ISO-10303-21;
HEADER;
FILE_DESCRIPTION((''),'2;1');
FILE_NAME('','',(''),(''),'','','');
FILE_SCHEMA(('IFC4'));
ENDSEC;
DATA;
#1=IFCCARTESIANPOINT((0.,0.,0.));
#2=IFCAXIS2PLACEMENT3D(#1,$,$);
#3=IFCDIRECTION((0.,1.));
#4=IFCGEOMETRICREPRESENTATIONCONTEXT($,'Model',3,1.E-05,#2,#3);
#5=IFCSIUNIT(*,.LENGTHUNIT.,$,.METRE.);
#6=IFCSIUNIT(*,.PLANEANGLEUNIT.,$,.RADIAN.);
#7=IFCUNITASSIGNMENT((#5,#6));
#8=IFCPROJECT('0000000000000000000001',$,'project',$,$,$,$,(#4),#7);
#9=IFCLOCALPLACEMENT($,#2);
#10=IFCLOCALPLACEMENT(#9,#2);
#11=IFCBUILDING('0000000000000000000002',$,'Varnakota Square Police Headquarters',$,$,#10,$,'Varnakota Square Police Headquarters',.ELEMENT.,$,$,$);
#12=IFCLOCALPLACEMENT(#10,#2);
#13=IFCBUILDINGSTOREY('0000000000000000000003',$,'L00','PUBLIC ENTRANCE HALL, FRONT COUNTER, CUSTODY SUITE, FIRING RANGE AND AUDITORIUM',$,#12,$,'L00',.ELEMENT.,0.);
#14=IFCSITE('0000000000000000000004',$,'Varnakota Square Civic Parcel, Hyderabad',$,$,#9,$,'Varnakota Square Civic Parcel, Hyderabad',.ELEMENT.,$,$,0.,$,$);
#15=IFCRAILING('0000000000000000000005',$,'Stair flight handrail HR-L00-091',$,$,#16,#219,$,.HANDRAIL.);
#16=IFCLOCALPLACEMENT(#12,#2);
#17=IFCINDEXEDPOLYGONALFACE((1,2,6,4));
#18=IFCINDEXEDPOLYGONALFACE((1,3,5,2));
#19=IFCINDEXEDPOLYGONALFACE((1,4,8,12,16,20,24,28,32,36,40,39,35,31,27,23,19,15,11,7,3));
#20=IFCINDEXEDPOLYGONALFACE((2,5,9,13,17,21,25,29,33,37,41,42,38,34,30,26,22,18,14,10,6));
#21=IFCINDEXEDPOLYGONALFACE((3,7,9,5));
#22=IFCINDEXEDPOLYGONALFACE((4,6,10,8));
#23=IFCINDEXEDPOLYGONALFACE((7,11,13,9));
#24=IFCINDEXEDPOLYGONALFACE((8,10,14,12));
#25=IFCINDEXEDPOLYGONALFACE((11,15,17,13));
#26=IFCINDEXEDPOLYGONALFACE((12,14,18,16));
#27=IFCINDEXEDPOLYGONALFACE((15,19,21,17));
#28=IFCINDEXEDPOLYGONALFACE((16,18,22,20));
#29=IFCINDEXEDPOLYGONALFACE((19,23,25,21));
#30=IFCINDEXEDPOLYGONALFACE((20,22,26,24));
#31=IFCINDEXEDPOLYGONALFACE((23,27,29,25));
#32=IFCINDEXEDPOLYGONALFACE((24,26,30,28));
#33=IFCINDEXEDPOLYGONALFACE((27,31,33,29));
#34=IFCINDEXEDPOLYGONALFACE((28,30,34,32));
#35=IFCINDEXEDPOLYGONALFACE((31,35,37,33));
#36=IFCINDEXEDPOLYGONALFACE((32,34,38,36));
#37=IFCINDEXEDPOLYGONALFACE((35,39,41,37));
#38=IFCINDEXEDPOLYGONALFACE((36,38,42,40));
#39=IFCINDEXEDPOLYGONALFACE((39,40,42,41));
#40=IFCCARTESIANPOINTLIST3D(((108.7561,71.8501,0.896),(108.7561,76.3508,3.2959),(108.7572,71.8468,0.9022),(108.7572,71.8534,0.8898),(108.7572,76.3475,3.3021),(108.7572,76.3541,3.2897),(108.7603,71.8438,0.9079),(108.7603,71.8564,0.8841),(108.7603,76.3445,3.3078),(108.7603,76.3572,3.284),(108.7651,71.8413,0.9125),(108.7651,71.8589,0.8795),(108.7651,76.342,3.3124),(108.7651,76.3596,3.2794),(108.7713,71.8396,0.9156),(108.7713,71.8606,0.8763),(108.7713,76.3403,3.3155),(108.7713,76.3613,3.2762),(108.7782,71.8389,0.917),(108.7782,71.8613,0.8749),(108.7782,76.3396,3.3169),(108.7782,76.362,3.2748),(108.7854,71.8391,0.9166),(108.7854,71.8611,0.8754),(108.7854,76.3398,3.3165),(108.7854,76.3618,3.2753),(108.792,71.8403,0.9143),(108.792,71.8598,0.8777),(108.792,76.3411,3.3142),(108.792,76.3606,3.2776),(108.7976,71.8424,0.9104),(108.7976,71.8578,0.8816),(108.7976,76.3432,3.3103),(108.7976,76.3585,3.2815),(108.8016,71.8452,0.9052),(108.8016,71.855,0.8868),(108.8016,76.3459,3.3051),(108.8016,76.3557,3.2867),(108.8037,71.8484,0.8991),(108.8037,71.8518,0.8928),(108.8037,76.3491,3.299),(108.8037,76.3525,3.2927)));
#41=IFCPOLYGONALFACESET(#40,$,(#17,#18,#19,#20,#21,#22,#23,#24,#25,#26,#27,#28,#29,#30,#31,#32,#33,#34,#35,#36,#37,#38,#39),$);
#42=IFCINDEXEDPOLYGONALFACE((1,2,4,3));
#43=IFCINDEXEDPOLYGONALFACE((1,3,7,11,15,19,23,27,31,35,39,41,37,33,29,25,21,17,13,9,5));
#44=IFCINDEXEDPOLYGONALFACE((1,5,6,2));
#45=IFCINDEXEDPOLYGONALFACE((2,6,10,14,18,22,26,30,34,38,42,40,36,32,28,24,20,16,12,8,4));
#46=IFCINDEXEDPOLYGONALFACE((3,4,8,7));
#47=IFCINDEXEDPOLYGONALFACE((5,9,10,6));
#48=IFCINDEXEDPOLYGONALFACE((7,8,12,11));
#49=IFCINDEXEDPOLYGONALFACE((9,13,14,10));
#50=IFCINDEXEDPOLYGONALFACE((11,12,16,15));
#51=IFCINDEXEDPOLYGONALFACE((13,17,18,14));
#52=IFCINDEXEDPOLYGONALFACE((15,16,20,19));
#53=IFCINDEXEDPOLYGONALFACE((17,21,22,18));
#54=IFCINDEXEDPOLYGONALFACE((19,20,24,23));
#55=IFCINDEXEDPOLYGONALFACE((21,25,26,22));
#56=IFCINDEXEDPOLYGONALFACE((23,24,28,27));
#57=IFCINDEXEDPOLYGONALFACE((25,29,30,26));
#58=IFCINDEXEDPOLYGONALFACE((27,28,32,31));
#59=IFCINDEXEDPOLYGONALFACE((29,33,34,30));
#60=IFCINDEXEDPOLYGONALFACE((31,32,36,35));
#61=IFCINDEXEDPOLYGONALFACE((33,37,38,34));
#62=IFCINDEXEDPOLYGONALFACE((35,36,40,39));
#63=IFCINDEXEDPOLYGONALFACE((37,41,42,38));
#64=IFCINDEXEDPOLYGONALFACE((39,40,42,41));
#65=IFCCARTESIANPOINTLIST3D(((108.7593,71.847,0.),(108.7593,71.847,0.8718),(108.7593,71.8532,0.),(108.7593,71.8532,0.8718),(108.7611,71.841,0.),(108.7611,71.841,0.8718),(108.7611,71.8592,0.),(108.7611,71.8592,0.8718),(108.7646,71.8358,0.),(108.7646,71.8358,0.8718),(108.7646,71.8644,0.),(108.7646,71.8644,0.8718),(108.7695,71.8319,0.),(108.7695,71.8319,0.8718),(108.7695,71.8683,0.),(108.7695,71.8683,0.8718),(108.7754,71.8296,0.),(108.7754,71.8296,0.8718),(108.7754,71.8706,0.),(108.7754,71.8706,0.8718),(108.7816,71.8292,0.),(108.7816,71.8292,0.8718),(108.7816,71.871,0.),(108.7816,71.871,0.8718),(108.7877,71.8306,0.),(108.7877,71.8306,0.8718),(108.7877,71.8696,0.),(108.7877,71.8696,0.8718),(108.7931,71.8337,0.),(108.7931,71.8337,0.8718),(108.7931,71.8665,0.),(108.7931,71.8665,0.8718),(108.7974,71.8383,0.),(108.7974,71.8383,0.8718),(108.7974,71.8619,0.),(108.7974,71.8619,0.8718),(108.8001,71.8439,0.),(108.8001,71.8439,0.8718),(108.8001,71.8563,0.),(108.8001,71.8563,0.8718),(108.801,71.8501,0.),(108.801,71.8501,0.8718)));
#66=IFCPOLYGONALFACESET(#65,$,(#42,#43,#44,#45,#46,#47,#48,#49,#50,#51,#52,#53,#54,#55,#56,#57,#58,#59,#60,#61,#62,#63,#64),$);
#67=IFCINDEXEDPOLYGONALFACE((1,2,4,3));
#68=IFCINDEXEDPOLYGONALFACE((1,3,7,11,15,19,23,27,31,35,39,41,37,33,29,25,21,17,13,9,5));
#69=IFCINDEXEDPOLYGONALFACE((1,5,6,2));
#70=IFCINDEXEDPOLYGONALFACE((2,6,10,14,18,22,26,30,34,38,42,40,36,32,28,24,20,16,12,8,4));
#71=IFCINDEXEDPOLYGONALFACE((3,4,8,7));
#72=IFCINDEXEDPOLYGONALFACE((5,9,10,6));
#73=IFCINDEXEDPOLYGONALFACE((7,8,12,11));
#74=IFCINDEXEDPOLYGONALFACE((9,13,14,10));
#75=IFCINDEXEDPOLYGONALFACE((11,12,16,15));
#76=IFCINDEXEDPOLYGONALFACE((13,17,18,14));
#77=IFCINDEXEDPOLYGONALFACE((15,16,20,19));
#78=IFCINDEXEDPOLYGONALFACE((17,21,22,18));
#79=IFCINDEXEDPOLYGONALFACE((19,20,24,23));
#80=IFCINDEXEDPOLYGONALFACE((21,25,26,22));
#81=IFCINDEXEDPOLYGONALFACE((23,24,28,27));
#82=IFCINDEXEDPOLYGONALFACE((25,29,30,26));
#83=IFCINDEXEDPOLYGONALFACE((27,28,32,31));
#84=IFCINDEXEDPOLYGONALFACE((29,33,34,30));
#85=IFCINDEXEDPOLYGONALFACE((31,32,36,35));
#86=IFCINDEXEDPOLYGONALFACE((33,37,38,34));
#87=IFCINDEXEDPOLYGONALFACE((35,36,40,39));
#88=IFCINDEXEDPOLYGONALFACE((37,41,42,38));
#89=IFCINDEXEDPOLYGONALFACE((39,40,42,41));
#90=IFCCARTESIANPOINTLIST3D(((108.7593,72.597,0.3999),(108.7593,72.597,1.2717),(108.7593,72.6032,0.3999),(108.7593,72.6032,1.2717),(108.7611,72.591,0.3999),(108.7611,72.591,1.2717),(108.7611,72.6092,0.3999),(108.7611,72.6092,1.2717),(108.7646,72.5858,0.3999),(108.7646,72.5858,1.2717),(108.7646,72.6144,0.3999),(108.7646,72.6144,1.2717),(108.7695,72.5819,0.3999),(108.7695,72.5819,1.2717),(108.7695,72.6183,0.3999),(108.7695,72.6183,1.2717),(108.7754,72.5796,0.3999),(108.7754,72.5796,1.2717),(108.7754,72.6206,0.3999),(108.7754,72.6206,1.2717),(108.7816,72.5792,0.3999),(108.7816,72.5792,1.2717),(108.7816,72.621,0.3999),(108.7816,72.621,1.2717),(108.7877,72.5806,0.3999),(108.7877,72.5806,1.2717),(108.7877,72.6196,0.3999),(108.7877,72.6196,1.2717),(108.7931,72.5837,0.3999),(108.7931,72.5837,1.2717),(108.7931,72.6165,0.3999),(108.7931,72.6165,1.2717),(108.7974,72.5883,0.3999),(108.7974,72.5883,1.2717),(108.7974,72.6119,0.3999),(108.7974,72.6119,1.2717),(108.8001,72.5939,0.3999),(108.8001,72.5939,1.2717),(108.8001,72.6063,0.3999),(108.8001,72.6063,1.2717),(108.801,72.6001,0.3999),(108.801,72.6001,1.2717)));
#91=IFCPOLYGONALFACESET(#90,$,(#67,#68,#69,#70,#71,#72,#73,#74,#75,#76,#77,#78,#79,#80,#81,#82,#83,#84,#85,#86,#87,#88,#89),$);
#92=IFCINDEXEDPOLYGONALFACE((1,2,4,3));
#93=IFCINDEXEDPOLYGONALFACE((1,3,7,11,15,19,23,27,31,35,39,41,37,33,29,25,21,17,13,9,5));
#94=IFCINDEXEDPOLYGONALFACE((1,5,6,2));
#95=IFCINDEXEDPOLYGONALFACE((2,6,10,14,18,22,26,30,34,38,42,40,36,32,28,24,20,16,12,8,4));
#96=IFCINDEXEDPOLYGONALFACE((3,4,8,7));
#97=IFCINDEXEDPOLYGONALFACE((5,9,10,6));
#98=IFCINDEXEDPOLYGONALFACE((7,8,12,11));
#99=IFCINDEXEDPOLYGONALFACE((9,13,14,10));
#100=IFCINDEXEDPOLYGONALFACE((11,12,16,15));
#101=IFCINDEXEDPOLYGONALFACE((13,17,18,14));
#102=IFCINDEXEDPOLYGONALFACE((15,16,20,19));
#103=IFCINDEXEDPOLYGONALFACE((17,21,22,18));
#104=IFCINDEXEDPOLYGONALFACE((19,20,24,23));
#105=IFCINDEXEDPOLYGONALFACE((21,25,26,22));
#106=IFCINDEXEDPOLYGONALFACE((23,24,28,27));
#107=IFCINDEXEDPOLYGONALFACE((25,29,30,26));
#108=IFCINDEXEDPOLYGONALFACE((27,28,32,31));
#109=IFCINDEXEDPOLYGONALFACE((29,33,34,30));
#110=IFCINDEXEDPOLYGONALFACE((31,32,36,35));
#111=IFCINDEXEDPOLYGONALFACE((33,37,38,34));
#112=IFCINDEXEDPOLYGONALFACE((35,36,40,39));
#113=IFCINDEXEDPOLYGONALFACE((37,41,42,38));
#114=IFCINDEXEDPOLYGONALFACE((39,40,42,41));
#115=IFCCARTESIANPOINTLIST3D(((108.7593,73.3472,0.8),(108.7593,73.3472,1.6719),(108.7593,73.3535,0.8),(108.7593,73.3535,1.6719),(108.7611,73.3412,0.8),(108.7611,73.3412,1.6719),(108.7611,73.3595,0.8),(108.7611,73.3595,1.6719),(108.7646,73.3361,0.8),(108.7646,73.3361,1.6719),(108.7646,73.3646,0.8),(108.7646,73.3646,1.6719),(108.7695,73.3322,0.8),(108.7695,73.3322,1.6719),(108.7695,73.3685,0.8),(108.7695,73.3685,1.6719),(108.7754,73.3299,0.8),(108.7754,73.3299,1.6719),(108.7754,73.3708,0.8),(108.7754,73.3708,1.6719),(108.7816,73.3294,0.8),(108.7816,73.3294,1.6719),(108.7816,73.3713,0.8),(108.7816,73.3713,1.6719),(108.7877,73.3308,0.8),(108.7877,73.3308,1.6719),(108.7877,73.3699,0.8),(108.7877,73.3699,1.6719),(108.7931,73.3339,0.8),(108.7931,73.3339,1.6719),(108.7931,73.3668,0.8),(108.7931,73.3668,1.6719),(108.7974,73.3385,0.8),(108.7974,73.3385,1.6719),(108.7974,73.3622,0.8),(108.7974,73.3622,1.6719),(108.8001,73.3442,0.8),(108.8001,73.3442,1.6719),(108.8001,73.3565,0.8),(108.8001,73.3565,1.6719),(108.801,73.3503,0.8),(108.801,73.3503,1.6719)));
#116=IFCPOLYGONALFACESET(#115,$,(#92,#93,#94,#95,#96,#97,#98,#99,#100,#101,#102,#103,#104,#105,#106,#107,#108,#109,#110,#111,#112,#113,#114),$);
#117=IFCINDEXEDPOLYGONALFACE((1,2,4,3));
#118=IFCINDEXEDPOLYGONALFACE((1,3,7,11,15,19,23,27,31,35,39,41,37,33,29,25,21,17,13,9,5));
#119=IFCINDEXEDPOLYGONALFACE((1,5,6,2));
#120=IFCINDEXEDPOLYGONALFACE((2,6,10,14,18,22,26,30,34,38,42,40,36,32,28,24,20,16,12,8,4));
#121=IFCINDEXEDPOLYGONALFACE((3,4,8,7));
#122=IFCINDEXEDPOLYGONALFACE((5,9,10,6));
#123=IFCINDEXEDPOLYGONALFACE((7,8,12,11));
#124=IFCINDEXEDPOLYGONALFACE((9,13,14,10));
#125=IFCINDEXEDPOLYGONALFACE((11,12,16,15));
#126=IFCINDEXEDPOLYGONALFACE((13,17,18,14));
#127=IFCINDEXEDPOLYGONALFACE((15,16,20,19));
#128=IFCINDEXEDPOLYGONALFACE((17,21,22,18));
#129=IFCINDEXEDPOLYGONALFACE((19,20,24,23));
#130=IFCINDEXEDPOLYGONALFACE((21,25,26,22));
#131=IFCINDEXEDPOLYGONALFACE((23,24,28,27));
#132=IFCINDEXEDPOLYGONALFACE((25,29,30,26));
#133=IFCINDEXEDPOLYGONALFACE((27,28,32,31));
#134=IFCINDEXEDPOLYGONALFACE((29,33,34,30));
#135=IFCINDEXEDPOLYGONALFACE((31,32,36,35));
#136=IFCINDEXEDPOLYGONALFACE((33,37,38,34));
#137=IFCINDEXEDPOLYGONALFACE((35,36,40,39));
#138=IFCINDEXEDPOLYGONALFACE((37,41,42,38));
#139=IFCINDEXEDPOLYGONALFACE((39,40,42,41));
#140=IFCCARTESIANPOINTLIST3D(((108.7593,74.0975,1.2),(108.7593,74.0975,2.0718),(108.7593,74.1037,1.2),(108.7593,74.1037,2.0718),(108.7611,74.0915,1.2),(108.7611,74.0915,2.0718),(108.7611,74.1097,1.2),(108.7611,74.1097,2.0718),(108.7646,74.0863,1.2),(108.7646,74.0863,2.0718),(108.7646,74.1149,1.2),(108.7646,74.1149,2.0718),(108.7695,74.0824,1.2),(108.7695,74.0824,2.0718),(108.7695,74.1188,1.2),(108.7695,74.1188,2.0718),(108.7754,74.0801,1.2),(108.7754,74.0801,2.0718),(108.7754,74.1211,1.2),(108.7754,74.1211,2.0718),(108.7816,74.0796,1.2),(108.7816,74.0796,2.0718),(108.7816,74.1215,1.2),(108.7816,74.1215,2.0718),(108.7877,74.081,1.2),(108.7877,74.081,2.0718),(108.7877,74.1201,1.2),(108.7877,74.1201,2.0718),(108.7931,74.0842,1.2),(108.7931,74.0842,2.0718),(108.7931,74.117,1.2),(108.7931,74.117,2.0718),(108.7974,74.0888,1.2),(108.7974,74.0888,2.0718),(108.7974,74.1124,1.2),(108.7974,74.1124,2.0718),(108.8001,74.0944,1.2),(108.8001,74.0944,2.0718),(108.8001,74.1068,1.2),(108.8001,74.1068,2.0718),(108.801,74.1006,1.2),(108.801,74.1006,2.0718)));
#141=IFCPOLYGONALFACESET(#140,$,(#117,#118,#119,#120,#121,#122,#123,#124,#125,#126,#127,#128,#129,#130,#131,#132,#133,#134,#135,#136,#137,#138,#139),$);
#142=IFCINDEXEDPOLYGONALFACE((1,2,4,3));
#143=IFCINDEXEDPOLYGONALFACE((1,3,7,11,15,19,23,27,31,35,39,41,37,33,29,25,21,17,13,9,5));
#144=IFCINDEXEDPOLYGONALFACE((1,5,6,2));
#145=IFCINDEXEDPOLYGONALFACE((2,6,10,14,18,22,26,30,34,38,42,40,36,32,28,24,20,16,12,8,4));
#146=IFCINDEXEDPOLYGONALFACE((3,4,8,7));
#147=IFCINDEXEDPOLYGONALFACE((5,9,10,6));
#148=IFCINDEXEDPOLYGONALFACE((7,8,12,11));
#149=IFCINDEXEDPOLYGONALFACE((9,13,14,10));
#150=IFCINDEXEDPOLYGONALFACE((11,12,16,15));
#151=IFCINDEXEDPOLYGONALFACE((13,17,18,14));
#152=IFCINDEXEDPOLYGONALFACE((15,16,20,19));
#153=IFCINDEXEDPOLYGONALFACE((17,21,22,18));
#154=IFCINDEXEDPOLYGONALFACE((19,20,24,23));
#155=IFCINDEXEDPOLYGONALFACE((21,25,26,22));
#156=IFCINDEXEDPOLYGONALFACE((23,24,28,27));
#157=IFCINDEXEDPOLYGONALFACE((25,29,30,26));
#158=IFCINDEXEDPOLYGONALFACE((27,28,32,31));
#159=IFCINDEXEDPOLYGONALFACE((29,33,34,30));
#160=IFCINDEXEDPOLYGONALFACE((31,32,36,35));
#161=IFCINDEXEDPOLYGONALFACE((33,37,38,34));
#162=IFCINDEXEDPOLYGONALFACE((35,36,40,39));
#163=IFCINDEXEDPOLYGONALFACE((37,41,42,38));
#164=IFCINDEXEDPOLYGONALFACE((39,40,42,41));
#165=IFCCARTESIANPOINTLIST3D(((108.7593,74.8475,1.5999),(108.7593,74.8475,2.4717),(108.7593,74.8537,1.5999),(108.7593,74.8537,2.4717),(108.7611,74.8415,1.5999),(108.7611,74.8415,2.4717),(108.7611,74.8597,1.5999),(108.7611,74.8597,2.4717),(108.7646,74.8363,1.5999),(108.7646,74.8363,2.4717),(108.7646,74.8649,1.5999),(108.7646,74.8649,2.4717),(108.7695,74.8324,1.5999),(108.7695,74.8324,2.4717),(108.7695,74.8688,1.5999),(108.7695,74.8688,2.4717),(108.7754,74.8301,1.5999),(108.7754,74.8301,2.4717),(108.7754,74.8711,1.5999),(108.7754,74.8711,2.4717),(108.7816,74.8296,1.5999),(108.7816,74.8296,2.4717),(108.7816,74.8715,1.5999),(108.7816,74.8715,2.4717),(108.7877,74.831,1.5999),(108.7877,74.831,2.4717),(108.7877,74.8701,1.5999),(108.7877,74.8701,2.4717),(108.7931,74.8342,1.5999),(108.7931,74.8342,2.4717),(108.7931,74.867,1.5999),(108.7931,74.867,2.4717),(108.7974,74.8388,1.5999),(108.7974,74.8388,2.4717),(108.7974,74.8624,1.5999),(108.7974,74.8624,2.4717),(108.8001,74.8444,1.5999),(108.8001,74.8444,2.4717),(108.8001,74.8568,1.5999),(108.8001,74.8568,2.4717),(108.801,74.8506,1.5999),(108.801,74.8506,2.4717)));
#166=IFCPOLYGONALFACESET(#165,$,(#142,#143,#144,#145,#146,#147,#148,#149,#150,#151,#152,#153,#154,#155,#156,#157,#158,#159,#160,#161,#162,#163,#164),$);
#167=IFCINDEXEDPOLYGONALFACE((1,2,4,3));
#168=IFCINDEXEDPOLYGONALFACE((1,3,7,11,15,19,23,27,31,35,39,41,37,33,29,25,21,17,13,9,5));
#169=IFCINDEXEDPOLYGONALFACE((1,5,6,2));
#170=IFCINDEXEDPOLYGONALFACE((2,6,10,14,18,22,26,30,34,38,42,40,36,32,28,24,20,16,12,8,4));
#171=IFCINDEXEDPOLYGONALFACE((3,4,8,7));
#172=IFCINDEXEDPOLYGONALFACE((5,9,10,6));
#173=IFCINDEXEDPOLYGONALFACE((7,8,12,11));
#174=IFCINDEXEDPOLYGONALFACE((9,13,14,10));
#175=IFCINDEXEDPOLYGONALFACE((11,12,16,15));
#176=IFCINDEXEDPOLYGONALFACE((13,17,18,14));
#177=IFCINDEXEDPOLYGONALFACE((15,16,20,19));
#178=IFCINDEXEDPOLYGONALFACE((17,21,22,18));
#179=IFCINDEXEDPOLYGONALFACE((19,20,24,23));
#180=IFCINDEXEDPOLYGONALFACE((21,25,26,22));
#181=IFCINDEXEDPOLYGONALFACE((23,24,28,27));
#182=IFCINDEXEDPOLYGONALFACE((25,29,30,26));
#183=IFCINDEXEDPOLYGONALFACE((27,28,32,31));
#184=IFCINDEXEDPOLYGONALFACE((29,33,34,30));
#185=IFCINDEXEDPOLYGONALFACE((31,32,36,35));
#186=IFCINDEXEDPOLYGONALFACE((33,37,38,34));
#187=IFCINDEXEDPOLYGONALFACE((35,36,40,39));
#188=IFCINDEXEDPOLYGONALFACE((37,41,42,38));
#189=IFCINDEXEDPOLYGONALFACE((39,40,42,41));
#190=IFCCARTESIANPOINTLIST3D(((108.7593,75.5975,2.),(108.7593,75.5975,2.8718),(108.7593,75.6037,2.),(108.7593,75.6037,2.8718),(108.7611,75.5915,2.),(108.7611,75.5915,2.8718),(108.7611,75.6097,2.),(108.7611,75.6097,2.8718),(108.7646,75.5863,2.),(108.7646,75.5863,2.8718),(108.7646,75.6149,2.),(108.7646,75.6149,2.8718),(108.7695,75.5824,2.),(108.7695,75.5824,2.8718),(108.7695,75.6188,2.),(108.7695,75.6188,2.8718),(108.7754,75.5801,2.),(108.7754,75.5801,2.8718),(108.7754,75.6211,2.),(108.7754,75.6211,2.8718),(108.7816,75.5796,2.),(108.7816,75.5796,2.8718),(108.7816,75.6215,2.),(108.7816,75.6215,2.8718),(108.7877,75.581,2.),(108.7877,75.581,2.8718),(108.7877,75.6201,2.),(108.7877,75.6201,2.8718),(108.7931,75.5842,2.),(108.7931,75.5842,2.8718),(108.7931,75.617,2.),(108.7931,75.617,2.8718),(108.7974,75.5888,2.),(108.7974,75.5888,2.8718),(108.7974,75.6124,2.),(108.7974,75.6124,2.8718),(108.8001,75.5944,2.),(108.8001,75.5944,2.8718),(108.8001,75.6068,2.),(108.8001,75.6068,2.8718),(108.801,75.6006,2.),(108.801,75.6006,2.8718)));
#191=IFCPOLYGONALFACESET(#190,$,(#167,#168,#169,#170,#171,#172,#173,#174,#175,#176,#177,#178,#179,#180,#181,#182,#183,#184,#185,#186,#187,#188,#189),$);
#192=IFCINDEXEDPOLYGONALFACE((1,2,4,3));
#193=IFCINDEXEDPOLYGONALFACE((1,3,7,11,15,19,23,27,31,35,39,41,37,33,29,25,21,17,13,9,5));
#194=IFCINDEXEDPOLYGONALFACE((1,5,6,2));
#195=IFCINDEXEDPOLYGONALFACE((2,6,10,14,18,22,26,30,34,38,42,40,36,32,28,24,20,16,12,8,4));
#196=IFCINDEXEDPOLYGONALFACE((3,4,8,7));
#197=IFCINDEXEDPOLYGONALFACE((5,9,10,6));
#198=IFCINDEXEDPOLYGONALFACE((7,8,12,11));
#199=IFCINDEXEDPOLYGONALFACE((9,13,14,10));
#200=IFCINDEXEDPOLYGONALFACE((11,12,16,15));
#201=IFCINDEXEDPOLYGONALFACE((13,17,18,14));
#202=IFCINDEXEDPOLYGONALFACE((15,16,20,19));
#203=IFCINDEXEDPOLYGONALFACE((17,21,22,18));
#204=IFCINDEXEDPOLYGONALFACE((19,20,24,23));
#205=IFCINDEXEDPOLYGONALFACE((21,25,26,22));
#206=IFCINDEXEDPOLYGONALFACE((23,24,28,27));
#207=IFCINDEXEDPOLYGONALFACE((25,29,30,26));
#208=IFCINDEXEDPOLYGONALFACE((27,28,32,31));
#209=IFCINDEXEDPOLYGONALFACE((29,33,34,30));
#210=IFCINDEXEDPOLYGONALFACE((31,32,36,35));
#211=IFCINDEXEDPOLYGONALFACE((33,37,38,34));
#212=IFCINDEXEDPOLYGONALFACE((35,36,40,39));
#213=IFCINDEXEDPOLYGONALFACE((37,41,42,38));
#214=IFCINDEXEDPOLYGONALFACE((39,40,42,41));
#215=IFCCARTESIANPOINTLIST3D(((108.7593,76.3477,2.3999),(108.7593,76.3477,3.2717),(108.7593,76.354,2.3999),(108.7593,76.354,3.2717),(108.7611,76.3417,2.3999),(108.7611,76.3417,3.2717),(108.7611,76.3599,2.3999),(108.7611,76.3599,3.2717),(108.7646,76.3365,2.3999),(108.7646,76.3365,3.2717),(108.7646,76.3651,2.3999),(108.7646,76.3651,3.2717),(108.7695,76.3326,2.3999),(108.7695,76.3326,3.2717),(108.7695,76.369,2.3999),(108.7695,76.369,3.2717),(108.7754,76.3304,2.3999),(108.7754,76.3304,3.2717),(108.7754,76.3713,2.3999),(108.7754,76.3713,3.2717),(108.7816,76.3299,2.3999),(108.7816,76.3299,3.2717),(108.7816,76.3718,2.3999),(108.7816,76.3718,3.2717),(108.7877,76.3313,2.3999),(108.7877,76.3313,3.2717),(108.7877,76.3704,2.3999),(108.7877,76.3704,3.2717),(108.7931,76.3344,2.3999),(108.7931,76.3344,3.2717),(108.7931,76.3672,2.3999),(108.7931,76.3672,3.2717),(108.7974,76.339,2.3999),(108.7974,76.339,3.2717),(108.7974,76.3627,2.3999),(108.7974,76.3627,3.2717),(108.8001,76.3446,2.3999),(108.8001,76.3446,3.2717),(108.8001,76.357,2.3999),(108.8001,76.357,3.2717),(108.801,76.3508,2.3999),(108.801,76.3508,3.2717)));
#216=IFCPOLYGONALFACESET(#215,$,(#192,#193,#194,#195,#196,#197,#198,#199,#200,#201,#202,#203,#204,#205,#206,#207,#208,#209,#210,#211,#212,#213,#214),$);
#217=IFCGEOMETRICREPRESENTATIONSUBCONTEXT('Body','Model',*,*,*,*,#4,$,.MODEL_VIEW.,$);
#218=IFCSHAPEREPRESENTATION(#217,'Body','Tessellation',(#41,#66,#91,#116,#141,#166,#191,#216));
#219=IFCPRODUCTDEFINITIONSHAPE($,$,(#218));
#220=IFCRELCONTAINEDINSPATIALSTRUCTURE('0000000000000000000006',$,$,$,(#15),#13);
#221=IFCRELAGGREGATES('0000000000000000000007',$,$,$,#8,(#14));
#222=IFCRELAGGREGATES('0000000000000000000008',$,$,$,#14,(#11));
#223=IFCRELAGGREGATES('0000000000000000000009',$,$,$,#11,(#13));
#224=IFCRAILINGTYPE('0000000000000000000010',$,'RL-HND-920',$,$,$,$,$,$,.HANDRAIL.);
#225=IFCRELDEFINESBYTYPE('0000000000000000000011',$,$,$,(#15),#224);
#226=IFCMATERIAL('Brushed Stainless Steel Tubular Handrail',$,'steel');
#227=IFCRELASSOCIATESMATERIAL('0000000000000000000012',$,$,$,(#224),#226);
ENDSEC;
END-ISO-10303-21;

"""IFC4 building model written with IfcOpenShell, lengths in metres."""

from ifc_helpers import new_model, si_unit, direction, frame, origin, origin_2d, place, context, subcontext, project, spatial, circle, extrude, material, type_object, element, save


model = new_model("IFC4")

# Units and contexts
model_context = context("Model", 3, precision=1e-05, world=origin(), true_north=direction((0.0, 1.0)))
body_context = subcontext(model_context, "Body", "Model", "MODEL_VIEW")
ifc_project = project(units=[si_unit("LENGTHUNIT", "METRE"), si_unit("PLANEANGLEUNIT", "RADIAN")], contexts=[model_context])

# Site, building, storey
site_placement = place(None, origin())
site = spatial("IfcSite", under=ifc_project, at=site_placement, Name="Varnakota Square Civic Parcel, Hyderabad", LongName="Varnakota Square Civic Parcel, Hyderabad", CompositionType="ELEMENT", RefElevation=0.0)
building_placement = place(site_placement, origin())
building = spatial("IfcBuilding", under=site, at=building_placement, Name="Varnakota Square Police Headquarters", LongName="Varnakota Square Police Headquarters", CompositionType="ELEMENT")
storey_placement = place(building_placement, origin())
storey = spatial("IfcBuildingStorey", under=building, at=storey_placement, Name="L00", Description="PUBLIC ENTRANCE HALL, FRONT COUNTER, CUSTODY SUITE, FIRING RANGE AND AUDITORIUM", LongName="L00", CompositionType="ELEMENT", Elevation=0.0)

# Railing
ifc_material_1 = material(Name="Brushed Stainless Steel Tubular Handrail", Category="steel")
railing_type_1 = type_object("IfcRailingType", Name="RL-HND-920", PredefinedType="HANDRAIL", material=ifc_material_1)
railing_1_placement = place(storey_placement, frame((108.78, 71.8501, 0.0)))
element("IfcRailing", 1, at=railing_1_placement, inside=storey, type_object=railing_type_1, Name="Stair flight handrail HR-L00-091", PredefinedType="HANDRAIL", context=body_context, shape_type="SweptSolid", body=[
    extrude(circle(Radius=0.0239, at=origin_2d()), frame((0.0, 0.0, 0.896), z_axis=(0.0, 0.882393, 0.470514), x_axis=(-1.0, 0.0, 0.0)), (0.0, 0.0, 1.0), 5.1006),
    extrude(circle(Radius=0.021, at=origin_2d()), origin(), (0.0, 0.0, 1.0), 0.8718),
    extrude(circle(Radius=0.021, at=origin_2d()), frame((0.0, 0.75, 0.3999)), (0.0, 0.0, 1.0), 0.8718),
    extrude(circle(Radius=0.021, at=origin_2d()), frame((0.0, 1.5002, 0.8)), (0.0, 0.0, 1.0), 0.8718),
    extrude(circle(Radius=0.021, at=origin_2d()), frame((0.0, 2.2505, 1.2)), (0.0, 0.0, 1.0), 0.8718),
    extrude(circle(Radius=0.021, at=origin_2d()), frame((0.0, 3.0005, 1.5999)), (0.0, 0.0, 1.0), 0.8718),
    extrude(circle(Radius=0.021, at=origin_2d()), frame((0.0, 3.7505, 2.0)), (0.0, 0.0, 1.0), 0.8718),
    extrude(circle(Radius=0.021, at=origin_2d()), frame((0.0, 4.5007, 2.3999)), (0.0, 0.0, 1.0), 0.8718),
])

save(model, "model.ifc")
